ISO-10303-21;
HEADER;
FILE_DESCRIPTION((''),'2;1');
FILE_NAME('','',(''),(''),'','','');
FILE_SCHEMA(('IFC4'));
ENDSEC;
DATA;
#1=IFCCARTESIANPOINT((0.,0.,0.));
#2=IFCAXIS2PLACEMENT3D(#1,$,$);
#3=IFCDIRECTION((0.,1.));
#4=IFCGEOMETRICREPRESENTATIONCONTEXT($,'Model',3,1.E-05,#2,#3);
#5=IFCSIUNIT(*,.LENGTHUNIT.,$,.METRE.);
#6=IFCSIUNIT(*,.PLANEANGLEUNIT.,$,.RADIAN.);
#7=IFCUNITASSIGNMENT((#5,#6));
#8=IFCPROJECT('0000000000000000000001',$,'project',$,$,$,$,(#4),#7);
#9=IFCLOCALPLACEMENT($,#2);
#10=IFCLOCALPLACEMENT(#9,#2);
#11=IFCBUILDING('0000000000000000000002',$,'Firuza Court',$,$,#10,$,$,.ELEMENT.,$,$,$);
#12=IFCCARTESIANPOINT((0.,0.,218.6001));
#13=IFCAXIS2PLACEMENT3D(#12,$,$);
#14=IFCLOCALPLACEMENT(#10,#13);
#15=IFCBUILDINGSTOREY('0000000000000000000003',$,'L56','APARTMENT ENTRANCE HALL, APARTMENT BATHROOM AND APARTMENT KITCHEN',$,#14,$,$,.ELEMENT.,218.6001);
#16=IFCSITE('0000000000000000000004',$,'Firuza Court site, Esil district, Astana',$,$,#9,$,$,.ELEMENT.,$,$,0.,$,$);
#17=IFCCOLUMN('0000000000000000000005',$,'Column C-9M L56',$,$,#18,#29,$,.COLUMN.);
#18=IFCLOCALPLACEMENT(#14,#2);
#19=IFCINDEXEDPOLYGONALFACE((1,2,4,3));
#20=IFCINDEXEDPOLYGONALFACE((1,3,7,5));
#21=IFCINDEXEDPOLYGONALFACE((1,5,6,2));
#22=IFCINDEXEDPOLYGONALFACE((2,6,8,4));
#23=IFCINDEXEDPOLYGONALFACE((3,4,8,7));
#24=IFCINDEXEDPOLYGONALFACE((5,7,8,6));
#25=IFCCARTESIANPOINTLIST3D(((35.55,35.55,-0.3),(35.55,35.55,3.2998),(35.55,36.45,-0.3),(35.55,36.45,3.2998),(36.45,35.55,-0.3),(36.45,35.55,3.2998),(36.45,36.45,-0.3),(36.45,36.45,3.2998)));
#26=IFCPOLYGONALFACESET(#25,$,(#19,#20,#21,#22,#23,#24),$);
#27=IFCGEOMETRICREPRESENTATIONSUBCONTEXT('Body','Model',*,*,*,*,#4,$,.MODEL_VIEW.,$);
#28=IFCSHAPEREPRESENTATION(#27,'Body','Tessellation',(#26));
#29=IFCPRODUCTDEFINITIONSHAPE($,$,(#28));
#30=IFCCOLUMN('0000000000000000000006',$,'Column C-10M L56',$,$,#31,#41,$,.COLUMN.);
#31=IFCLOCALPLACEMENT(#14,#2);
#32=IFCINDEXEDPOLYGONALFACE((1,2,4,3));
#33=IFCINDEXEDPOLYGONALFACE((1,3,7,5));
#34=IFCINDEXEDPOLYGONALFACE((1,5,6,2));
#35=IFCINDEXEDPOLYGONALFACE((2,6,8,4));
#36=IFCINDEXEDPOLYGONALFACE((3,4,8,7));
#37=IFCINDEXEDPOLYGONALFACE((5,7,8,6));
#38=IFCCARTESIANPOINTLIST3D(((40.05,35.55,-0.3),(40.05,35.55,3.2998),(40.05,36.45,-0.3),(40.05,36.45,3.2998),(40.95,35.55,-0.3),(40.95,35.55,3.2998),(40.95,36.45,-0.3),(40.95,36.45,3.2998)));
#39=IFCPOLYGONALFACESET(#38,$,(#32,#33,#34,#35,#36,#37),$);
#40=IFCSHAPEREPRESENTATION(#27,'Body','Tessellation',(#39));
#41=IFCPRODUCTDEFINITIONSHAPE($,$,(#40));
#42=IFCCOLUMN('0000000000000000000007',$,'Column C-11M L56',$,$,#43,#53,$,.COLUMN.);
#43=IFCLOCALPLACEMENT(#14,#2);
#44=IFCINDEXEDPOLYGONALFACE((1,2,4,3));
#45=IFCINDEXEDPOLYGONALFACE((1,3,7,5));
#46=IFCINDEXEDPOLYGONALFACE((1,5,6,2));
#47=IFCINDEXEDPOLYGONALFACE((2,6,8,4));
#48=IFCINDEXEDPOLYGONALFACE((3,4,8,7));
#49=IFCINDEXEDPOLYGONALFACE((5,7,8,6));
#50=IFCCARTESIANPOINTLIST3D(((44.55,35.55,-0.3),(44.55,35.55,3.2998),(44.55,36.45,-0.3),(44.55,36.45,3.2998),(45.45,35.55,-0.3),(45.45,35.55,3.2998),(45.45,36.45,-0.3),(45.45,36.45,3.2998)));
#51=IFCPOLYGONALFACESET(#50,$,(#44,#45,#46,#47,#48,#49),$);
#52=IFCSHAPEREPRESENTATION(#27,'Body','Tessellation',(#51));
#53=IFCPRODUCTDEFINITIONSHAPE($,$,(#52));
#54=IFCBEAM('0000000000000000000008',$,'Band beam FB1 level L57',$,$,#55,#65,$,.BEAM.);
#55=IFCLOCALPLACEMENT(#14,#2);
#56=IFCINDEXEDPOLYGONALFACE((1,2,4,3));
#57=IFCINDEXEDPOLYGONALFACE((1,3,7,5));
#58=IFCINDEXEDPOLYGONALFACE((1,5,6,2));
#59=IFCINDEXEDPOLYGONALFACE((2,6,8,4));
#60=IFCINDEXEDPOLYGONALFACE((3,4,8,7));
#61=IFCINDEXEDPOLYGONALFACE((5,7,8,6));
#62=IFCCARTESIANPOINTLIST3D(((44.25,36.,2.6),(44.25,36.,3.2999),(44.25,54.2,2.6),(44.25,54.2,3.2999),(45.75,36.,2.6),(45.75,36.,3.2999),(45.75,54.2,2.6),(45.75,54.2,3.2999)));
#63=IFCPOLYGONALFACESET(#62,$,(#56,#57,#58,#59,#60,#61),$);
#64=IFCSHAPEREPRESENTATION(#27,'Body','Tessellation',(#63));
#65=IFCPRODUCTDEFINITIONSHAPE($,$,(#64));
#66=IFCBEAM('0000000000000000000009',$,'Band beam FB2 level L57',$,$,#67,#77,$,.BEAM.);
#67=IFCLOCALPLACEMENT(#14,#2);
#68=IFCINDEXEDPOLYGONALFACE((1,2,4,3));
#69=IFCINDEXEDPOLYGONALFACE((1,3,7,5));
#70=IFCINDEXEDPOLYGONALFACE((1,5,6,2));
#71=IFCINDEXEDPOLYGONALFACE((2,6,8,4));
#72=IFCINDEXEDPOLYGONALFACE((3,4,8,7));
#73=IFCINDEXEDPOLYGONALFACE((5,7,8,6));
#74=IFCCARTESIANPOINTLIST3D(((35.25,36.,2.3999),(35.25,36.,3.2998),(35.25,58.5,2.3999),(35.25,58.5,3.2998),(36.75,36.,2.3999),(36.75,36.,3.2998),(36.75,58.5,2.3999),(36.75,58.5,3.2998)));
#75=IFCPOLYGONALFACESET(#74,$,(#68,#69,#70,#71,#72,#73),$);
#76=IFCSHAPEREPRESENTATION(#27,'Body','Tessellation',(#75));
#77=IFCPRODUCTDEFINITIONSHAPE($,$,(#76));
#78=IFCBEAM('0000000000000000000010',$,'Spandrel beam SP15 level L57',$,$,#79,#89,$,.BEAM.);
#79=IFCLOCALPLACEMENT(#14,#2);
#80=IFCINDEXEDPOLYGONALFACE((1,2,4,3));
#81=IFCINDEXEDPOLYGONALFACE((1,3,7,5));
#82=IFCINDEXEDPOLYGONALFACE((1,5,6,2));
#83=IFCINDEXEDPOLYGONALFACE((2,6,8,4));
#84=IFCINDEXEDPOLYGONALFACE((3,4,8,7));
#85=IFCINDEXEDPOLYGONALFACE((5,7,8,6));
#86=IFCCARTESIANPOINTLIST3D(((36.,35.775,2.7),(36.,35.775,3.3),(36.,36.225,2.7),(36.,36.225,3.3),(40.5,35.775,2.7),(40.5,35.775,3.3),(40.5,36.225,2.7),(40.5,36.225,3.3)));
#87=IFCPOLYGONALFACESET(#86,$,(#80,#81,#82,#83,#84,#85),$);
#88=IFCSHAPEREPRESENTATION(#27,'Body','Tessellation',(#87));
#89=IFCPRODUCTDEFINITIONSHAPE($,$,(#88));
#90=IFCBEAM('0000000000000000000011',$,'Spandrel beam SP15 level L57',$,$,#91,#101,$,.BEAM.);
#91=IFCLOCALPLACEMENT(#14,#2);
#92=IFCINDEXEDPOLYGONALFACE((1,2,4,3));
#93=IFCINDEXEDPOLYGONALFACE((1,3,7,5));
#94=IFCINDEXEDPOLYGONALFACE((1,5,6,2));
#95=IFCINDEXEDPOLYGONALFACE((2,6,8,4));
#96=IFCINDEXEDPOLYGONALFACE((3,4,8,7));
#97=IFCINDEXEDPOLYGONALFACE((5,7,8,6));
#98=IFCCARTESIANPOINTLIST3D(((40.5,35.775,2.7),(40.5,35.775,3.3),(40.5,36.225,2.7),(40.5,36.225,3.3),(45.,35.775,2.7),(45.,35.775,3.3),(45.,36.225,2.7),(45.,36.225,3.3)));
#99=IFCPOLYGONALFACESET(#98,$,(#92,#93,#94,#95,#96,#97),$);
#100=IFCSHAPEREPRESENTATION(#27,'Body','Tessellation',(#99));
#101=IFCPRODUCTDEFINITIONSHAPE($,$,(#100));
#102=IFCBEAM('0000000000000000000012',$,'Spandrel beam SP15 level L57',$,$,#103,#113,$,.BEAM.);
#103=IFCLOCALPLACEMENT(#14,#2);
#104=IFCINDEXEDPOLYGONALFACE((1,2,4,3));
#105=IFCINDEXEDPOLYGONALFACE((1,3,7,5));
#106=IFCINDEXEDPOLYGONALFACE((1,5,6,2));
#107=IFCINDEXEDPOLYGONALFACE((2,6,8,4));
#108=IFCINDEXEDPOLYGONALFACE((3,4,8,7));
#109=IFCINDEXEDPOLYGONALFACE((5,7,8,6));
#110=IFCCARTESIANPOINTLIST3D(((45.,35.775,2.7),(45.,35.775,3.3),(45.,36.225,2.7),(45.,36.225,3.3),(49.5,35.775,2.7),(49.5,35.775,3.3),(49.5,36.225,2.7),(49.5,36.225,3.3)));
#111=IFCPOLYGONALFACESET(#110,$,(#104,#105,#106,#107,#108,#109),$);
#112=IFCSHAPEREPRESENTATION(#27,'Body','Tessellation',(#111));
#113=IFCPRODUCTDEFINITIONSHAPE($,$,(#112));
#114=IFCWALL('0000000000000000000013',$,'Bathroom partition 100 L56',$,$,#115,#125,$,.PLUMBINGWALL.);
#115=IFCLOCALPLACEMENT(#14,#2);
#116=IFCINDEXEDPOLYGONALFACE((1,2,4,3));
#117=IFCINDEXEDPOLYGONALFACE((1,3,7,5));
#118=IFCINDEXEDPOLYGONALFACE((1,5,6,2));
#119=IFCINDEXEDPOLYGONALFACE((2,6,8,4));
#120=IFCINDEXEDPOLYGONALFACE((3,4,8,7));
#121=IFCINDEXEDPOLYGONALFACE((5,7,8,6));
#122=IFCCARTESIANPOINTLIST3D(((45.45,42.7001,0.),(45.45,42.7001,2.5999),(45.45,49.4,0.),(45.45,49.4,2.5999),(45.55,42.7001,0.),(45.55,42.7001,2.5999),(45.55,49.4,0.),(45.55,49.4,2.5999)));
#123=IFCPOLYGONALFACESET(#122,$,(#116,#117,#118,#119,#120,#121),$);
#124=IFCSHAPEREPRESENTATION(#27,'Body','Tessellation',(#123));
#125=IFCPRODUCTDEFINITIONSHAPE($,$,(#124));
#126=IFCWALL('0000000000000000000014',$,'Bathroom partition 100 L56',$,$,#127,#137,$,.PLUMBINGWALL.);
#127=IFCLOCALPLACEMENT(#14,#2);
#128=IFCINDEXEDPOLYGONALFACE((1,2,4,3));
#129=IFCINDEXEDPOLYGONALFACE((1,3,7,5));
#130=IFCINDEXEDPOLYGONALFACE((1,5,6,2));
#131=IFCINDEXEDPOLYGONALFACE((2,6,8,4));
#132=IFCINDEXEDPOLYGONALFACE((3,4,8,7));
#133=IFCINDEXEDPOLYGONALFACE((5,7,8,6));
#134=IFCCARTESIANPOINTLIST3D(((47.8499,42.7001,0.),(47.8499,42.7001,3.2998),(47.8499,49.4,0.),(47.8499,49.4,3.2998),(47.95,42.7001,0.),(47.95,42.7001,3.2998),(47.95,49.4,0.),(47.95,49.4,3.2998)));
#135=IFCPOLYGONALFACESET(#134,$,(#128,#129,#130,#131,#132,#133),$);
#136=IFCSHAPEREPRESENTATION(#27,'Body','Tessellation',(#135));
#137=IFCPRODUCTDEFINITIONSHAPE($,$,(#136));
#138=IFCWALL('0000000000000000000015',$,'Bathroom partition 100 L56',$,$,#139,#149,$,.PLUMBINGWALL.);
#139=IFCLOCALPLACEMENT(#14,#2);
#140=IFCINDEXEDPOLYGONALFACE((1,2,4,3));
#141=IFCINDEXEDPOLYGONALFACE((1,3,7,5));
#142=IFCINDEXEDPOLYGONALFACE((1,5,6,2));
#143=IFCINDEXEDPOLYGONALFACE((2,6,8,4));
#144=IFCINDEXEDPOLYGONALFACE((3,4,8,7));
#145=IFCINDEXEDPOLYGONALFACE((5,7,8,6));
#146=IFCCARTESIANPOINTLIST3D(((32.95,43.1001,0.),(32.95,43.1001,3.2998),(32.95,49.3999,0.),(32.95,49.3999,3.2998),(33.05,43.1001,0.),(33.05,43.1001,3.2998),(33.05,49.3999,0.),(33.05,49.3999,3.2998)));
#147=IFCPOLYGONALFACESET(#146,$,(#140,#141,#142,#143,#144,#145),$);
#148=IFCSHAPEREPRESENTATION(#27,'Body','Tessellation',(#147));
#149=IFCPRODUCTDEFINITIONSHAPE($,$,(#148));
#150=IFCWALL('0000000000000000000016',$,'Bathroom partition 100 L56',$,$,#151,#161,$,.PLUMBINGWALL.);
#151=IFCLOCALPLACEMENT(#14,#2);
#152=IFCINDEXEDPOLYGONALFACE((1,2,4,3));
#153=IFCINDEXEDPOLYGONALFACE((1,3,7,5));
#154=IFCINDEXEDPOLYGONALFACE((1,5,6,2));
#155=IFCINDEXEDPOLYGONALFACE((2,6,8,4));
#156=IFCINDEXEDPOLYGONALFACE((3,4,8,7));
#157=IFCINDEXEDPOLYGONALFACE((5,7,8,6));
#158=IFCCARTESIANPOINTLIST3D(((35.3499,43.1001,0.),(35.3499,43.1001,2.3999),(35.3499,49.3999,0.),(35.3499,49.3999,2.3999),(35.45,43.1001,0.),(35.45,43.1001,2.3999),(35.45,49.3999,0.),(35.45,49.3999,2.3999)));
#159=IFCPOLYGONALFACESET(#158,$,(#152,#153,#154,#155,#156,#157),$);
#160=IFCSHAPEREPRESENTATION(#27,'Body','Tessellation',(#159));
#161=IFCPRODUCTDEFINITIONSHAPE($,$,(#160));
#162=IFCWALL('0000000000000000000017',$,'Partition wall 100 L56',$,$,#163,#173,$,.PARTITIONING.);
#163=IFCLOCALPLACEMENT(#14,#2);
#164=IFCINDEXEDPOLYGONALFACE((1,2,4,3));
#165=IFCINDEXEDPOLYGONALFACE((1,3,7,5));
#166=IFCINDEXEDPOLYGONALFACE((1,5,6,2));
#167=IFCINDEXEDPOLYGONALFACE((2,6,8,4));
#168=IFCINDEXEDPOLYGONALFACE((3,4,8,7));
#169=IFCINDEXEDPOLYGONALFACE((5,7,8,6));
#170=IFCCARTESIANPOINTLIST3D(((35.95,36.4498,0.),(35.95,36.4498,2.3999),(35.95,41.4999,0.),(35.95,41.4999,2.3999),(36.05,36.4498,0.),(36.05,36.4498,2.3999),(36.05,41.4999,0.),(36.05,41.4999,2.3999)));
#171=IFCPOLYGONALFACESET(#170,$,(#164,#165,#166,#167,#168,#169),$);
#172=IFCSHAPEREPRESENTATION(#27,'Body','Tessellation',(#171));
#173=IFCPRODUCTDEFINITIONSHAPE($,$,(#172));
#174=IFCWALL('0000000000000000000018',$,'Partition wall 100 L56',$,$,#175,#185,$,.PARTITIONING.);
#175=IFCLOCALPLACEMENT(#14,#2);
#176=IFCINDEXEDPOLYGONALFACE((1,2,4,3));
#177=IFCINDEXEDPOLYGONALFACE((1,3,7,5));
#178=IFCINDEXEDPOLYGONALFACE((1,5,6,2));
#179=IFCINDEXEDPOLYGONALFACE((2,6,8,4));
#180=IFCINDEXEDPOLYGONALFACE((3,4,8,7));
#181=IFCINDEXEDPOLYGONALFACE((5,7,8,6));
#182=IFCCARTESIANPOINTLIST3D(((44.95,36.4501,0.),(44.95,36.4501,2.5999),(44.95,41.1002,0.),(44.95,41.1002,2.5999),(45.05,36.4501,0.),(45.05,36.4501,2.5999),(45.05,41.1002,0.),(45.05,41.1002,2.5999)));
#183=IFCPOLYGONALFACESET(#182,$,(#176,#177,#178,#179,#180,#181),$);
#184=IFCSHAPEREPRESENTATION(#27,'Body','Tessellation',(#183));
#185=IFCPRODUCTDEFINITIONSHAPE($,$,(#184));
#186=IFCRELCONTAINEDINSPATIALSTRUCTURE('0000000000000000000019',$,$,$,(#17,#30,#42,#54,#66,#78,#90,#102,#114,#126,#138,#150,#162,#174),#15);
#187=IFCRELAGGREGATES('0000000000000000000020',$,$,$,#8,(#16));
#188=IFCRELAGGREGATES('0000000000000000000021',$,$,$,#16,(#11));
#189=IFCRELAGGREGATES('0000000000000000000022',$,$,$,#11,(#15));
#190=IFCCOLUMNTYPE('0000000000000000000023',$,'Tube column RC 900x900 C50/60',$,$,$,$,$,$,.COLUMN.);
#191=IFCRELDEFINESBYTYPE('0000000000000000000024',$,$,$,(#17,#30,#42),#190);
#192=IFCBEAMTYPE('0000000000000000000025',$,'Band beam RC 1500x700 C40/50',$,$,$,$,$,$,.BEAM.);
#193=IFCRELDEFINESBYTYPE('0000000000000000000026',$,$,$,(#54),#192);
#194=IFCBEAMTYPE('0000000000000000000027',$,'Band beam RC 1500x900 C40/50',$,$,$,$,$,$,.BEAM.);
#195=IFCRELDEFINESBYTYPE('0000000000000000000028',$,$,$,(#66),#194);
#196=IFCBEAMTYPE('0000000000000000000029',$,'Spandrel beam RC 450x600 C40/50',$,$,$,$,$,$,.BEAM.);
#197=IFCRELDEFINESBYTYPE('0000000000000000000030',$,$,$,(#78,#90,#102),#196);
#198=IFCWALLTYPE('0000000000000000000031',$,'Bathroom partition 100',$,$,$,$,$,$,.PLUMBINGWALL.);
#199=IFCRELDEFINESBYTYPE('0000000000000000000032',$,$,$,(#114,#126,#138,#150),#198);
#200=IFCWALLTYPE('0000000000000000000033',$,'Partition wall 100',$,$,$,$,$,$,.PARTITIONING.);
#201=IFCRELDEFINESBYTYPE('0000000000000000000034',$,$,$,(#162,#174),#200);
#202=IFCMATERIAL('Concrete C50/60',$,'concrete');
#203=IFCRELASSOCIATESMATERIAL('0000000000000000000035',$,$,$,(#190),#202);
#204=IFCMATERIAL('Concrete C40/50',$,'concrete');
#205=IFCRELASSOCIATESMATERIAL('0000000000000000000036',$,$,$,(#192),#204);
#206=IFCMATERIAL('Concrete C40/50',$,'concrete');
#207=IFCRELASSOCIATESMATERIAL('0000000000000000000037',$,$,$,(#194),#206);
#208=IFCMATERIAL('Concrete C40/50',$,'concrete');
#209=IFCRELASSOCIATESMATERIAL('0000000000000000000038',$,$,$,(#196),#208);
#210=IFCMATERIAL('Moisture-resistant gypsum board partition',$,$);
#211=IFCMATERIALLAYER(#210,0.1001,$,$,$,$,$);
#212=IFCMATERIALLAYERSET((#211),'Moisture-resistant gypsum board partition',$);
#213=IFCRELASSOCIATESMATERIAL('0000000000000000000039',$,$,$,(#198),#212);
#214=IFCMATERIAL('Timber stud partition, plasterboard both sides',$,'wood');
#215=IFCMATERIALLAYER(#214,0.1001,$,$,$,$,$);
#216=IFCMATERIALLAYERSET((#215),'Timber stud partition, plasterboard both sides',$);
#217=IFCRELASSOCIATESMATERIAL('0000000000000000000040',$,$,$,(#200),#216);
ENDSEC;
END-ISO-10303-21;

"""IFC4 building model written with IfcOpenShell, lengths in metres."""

from ifc_helpers import new_model, si_unit, direction, frame, frame_2d, origin, origin_2d, place, context, subcontext, project, spatial, rectangle, extrude, material, layer, layer_set, material_profile, profile_set, type_object, element, save


model = new_model("IFC4")

# Units and contexts
model_context = context("Model", 3, precision=1e-05, world=origin(), true_north=direction((0.0, 1.0)))
body_context = subcontext(model_context, "Body", "Model", "MODEL_VIEW")
ifc_project = project(units=[si_unit("LENGTHUNIT", "METRE"), si_unit("PLANEANGLEUNIT", "RADIAN")], contexts=[model_context])

# Site, building, storey
site_placement = place(None, origin())
site = spatial("IfcSite", under=ifc_project, at=site_placement, Name="Firuza Court site, Esil district, Astana", CompositionType="ELEMENT", RefElevation=0.0)
building_placement = place(site_placement, origin())
building = spatial("IfcBuilding", under=site, at=building_placement, Name="Firuza Court", CompositionType="ELEMENT")
storey_placement = place(building_placement, frame((0.0, 0.0, 218.6001)))
storey = spatial("IfcBuildingStorey", under=building, at=storey_placement, Name="L56", Description="APARTMENT ENTRANCE HALL, APARTMENT BATHROOM AND APARTMENT KITCHEN", CompositionType="ELEMENT", Elevation=218.6001)

# Columns
ifc_material_1 = material(Name="Concrete C50/60", Category="concrete")
ifc_material_profile_1 = material_profile(ifc_material_1, rectangle(XDim=0.8999, YDim=0.8999, at=origin_2d()), Name="RC 900x900")
ifc_profile_set_1 = profile_set([ifc_material_profile_1], Name="Concrete C50/60")
column_type = type_object("IfcColumnType", Name="Tube column RC 900x900 C50/60", PredefinedType="COLUMN", material=ifc_profile_set_1)
for number, where, z_axis, x_axis, name in (
    (1, (36.0, 36.0, -0.3), (0.0, 0.0, 1.0), (1.0, 0.0, 0.0), "Column C-9M L56"),
    (2, (40.5, 36.0, -0.3), (0.0, 0.0, 1.0), (1.0, 0.0, 0.0), "Column C-10M L56"),
    (3, (45.0, 36.0, -0.3), (0.0, 0.0, 1.0), (1.0, 0.0, 0.0), "Column C-11M L56"),
):
    element("IfcColumn", number, at=place(storey_placement, frame(where, z_axis=z_axis, x_axis=x_axis)), inside=storey, type_object=column_type, Name=name, PredefinedType="COLUMN", context=body_context, shape_type="SweptSolid", body=[
        extrude(rectangle(XDim=0.8999, YDim=0.8999, at=origin_2d()), origin(), (0.0, 0.0, 1.0), 3.5999),
    ])

# Beams
ifc_material_2 = material(Name="Concrete C40/50", Category="concrete")
ifc_material_profile_2 = material_profile(ifc_material_2, rectangle(XDim=1.5, YDim=0.7, at=origin_2d()), Name="RC 1500x700")
ifc_profile_set_2 = profile_set([ifc_material_profile_2], Name="Concrete C40/50")
beam_type_1 = type_object("IfcBeamType", Name="Band beam RC 1500x700 C40/50", PredefinedType="BEAM", material=ifc_profile_set_2)
beam_1_placement = place(storey_placement, frame((45.0, 36.0, 2.95), z_axis=(0.0, 1.0, 0.0), x_axis=(-1.0, 0.0, 0.0)))
element("IfcBeam", 4, at=beam_1_placement, inside=storey, type_object=beam_type_1, Name="Band beam FB1 level L57", PredefinedType="BEAM", context=body_context, shape_type="SweptSolid", body=[
    extrude(rectangle(XDim=1.5, YDim=0.7, at=origin_2d()), origin(), (0.0, 0.0, 1.0), 18.2),
])
ifc_material_3 = material(Name="Concrete C40/50", Category="concrete")
ifc_material_profile_3 = material_profile(ifc_material_3, rectangle(XDim=1.5, YDim=0.8999, at=origin_2d()), Name="RC 1500x900")
ifc_profile_set_3 = profile_set([ifc_material_profile_3], Name="Concrete C40/50")
beam_type_2 = type_object("IfcBeamType", Name="Band beam RC 1500x900 C40/50", PredefinedType="BEAM", material=ifc_profile_set_3)
beam_2_placement = place(storey_placement, frame((36.0, 36.0, 2.8499), z_axis=(0.0, 1.0, 0.0), x_axis=(-1.0, 0.0, 0.0)))
element("IfcBeam", 5, at=beam_2_placement, inside=storey, type_object=beam_type_2, Name="Band beam FB2 level L57", PredefinedType="BEAM", context=body_context, shape_type="SweptSolid", body=[
    extrude(rectangle(XDim=1.5, YDim=0.8999, at=origin_2d()), origin(), (0.0, 0.0, 1.0), 22.5),
])
ifc_material_4 = material(Name="Concrete C40/50", Category="concrete")
ifc_material_profile_4 = material_profile(ifc_material_4, rectangle(XDim=0.45, YDim=0.6001, at=origin_2d()), Name="RC 450x600")
ifc_profile_set_4 = profile_set([ifc_material_profile_4], Name="Concrete C40/50")
beam_type_3 = type_object("IfcBeamType", Name="Spandrel beam RC 450x600 C40/50", PredefinedType="BEAM", material=ifc_profile_set_4)
for number, where, z_axis, x_axis, name in (
    (6, (36.0, 36.0, 3.0), (1.0, 0.0, 0.0), (0.0, 1.0, 0.0), "Spandrel beam SP15 level L57"),
    (7, (40.5, 36.0, 3.0), (1.0, 0.0, 0.0), (0.0, 1.0, 0.0), "Spandrel beam SP15 level L57"),
    (8, (45.0, 36.0, 3.0), (1.0, 0.0, 0.0), (0.0, 1.0, 0.0), "Spandrel beam SP15 level L57"),
):
    element("IfcBeam", number, at=place(storey_placement, frame(where, z_axis=z_axis, x_axis=x_axis)), inside=storey, type_object=beam_type_3, Name=name, PredefinedType="BEAM", context=body_context, shape_type="SweptSolid", body=[
        extrude(rectangle(XDim=0.45, YDim=0.6001, at=origin_2d()), origin(), (0.0, 0.0, 1.0), 4.5),
    ])

# Walls
ifc_material_5 = material(Name="Moisture-resistant gypsum board partition")
ifc_layer_1 = layer(ifc_material_5, 0.1001)
ifc_layer_set_1 = layer_set([ifc_layer_1], Name="Moisture-resistant gypsum board partition")
wall_type_1 = type_object("IfcWallType", Name="Bathroom partition 100", PredefinedType="PLUMBINGWALL", material=ifc_layer_set_1)
wall_1_placement = place(storey_placement, frame((45.5, 42.7, 0.0), z_axis=(0.0, 0.0, 1.0), x_axis=(0.0, 1.0, 0.0)))
element("IfcWall", 9, at=wall_1_placement, inside=storey, type_object=wall_type_1, Name="Bathroom partition 100 L56", PredefinedType="PLUMBINGWALL", context=body_context, shape_type="SweptSolid", body=[
    extrude(rectangle(XDim=6.7, YDim=0.1001, at=frame_2d((3.3501, 0.0))), origin(), (0.0, 0.0, 1.0), 2.5999),
])
wall_2_placement = place(storey_placement, frame((47.8999, 42.7, 0.0), z_axis=(0.0, 0.0, 1.0), x_axis=(0.0, 1.0, 0.0)))
element("IfcWall", 10, at=wall_2_placement, inside=storey, type_object=wall_type_1, Name="Bathroom partition 100 L56", PredefinedType="PLUMBINGWALL", context=body_context, shape_type="SweptSolid", body=[
    extrude(rectangle(XDim=6.7, YDim=0.1001, at=frame_2d((3.3501, 0.0))), origin(), (0.0, 0.0, 1.0), 3.2998),
])
wall_3_placement = place(storey_placement, frame((33.0, 43.1001, 0.0), z_axis=(0.0, 0.0, 1.0), x_axis=(0.0, 1.0, 0.0)))
element("IfcWall", 11, at=wall_3_placement, inside=storey, type_object=wall_type_1, Name="Bathroom partition 100 L56", PredefinedType="PLUMBINGWALL", context=body_context, shape_type="SweptSolid", body=[
    extrude(rectangle(XDim=6.2998, YDim=0.1001, at=frame_2d((3.1499, 0.0))), origin(), (0.0, 0.0, 1.0), 3.2998),
])
wall_4_placement = place(storey_placement, frame((35.3999, 43.1001, 0.0), z_axis=(0.0, 0.0, 1.0), x_axis=(0.0, 1.0, 0.0)))
element("IfcWall", 12, at=wall_4_placement, inside=storey, type_object=wall_type_1, Name="Bathroom partition 100 L56", PredefinedType="PLUMBINGWALL", context=body_context, shape_type="SweptSolid", body=[
    extrude(rectangle(XDim=6.2998, YDim=0.1001, at=frame_2d((3.1499, 0.0))), origin(), (0.0, 0.0, 1.0), 2.3999),
])
ifc_material_6 = material(Name="Timber stud partition, plasterboard both sides", Category="wood")
ifc_layer_2 = layer(ifc_material_6, 0.1001)
ifc_layer_set_2 = layer_set([ifc_layer_2], Name="Timber stud partition, plasterboard both sides")
wall_type_2 = type_object("IfcWallType", Name="Partition wall 100", PredefinedType="PARTITIONING", material=ifc_layer_set_2)
wall_5_placement = place(storey_placement, frame((36.0, 36.45, 0.0), z_axis=(0.0, 0.0, 1.0), x_axis=(0.0, 1.0, 0.0)))
element("IfcWall", 13, at=wall_5_placement, inside=storey, type_object=wall_type_2, Name="Partition wall 100 L56", PredefinedType="PARTITIONING", context=body_context, shape_type="SweptSolid", body=[
    extrude(rectangle(XDim=5.05, YDim=0.1001, at=frame_2d((2.5249, 0.0))), origin(), (0.0, 0.0, 1.0), 2.3999),
])
wall_6_placement = place(storey_placement, frame((45.0, 36.45, 0.0), z_axis=(0.0, 0.0, 1.0), x_axis=(0.0, 1.0, 0.0)))
element("IfcWall", 14, at=wall_6_placement, inside=storey, type_object=wall_type_2, Name="Partition wall 100 L56", PredefinedType="PARTITIONING", context=body_context, shape_type="SweptSolid", body=[
    extrude(rectangle(XDim=4.6501, YDim=0.1001, at=frame_2d((2.3252, 0.0))), origin(), (0.0, 0.0, 1.0), 2.5999),
])

save(model, "model.ifc")
